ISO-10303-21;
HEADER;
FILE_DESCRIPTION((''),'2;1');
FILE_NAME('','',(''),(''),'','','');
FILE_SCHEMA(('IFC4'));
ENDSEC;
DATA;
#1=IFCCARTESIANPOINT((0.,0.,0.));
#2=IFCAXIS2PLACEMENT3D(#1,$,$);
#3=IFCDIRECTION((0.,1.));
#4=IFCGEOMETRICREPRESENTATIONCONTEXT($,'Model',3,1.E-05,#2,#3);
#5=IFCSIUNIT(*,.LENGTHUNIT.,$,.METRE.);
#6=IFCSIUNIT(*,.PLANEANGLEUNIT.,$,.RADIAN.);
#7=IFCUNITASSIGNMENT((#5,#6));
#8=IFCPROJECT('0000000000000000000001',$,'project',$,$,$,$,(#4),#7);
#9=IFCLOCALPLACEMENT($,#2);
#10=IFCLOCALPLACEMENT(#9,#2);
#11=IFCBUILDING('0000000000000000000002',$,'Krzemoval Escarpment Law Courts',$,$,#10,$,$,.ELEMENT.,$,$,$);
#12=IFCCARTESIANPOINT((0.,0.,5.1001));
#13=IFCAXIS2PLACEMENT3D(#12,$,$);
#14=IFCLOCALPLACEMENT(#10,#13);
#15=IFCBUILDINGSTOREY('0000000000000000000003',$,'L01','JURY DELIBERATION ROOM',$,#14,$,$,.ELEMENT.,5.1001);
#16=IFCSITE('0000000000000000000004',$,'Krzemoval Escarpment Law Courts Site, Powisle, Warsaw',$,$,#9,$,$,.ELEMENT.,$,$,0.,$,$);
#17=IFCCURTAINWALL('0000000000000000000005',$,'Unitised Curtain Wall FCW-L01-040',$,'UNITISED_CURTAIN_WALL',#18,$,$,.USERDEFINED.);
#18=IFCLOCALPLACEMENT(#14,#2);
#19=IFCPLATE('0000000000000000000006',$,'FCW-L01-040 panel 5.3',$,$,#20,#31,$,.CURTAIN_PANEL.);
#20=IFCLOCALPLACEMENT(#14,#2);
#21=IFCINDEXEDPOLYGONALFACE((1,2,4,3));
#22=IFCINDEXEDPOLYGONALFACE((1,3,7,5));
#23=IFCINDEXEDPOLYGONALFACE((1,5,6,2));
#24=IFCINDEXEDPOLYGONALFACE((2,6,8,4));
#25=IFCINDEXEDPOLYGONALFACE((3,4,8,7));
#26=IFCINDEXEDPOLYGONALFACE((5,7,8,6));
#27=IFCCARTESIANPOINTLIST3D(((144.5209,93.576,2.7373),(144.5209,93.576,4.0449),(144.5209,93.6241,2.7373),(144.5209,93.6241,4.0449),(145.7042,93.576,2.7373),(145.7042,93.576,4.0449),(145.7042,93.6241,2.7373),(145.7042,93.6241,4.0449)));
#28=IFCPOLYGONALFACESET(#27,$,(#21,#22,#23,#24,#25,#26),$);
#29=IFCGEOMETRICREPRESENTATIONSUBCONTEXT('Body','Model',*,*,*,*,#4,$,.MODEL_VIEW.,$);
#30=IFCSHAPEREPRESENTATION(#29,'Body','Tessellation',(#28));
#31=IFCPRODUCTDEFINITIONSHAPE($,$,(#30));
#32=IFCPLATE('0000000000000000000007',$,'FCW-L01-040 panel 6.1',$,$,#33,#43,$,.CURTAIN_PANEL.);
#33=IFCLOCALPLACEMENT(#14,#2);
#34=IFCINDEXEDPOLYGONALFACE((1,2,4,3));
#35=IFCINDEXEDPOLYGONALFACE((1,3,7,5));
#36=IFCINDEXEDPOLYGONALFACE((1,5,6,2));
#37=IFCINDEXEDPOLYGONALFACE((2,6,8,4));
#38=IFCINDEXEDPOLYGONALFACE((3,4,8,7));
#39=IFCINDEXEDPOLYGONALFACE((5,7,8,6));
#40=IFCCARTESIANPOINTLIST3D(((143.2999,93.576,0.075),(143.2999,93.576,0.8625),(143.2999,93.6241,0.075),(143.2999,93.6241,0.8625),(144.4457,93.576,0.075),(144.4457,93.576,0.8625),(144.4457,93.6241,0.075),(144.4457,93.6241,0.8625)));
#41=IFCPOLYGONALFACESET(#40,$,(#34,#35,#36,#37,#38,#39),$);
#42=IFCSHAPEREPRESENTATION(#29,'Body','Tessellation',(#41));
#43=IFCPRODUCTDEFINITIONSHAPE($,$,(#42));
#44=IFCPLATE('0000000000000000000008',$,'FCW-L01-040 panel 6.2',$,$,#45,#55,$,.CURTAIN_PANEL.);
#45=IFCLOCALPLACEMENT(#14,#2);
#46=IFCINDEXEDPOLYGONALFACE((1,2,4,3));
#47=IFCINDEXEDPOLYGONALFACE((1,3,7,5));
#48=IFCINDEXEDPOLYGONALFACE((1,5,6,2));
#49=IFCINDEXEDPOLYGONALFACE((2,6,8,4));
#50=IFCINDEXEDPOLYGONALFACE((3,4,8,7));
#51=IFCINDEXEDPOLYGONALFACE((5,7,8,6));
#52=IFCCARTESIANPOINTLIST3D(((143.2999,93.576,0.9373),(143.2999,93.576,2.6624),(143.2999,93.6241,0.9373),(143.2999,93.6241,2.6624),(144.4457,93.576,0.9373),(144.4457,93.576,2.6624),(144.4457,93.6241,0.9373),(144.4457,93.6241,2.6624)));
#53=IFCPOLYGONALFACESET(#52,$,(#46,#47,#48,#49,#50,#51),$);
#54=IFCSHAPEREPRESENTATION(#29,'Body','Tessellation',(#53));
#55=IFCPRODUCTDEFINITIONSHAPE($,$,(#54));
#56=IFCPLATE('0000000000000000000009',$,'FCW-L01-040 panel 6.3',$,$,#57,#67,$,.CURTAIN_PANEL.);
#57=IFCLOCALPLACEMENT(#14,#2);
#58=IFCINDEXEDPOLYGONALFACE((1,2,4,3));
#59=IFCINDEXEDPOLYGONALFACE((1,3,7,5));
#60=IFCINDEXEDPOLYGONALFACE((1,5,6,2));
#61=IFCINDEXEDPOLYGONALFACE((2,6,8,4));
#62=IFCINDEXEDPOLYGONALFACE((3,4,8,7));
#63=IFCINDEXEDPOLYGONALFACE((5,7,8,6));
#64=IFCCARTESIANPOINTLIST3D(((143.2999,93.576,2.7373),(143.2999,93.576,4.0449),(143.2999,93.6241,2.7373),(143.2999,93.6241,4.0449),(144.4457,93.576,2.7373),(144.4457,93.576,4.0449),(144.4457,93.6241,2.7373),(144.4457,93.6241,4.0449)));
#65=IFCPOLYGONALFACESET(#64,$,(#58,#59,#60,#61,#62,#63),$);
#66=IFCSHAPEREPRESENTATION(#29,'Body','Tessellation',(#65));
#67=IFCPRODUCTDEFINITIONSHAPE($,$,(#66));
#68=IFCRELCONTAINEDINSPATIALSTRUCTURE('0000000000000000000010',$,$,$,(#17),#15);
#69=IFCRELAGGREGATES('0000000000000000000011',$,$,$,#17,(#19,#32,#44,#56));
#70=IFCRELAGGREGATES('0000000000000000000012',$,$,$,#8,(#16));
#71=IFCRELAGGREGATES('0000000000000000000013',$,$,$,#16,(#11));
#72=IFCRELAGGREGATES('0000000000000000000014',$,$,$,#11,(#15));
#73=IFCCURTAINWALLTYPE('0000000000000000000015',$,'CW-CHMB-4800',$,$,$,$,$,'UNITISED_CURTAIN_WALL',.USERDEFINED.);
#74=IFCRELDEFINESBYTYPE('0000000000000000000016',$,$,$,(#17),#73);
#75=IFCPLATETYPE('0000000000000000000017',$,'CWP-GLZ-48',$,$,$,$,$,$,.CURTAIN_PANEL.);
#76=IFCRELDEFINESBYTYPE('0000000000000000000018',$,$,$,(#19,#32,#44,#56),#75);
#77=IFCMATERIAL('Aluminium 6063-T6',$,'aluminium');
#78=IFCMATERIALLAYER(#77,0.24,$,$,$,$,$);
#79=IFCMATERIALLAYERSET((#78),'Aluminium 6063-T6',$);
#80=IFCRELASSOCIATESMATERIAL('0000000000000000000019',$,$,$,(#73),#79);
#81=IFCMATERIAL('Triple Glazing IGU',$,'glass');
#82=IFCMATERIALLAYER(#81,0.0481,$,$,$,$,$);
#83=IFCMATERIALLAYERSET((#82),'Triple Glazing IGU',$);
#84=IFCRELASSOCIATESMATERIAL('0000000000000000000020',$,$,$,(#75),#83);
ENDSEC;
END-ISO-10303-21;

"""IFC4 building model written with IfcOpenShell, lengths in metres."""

from ifc_helpers import new_model, si_unit, direction, frame, origin, origin_2d, place, context, subcontext, project, spatial, rectangle, extrude, material, layer, layer_set, type_object, element, aggregate, save


model = new_model("IFC4")

# Units and contexts
model_context = context("Model", 3, precision=1e-05, world=origin(), true_north=direction((0.0, 1.0)))
body_context = subcontext(model_context, "Body", "Model", "MODEL_VIEW")
ifc_project = project(units=[si_unit("LENGTHUNIT", "METRE"), si_unit("PLANEANGLEUNIT", "RADIAN")], contexts=[model_context])

# Site, building, storey
site_placement = place(None, origin())
site = spatial("IfcSite", under=ifc_project, at=site_placement, Name="Krzemoval Escarpment Law Courts Site, Powisle, Warsaw", CompositionType="ELEMENT", RefElevation=0.0)
building_placement = place(site_placement, origin())
building = spatial("IfcBuilding", under=site, at=building_placement, Name="Krzemoval Escarpment Law Courts", CompositionType="ELEMENT")
storey_placement = place(building_placement, frame((0.0, 0.0, 5.1001)))
storey = spatial("IfcBuildingStorey", under=building, at=storey_placement, Name="L01", Description="JURY DELIBERATION ROOM", CompositionType="ELEMENT", Elevation=5.1001)

# Curtain wall, plates
ifc_material_1 = material(Name="Aluminium 6063-T6", Category="aluminium")
ifc_layer_1 = layer(ifc_material_1, 0.24)
ifc_layer_set_1 = layer_set([ifc_layer_1], Name="Aluminium 6063-T6")
curtain_wall_type = type_object("IfcCurtainWallType", Name="CW-CHMB-4800", ElementType="UNITISED_CURTAIN_WALL", PredefinedType="USERDEFINED", material=ifc_layer_set_1)
curtain_wall_placement = place(storey_placement, origin())
curtain_wall = element("IfcCurtainWall", 1, at=curtain_wall_placement, inside=storey, type_object=curtain_wall_type, Name="Unitised Curtain Wall FCW-L01-040", ObjectType="UNITISED_CURTAIN_WALL", PredefinedType="USERDEFINED")
ifc_material_2 = material(Name="Triple Glazing IGU", Category="glass")
ifc_layer_2 = layer(ifc_material_2, 0.0481)
ifc_layer_set_2 = layer_set([ifc_layer_2], Name="Triple Glazing IGU")
plate_type = type_object("IfcPlateType", Name="CWP-GLZ-48", PredefinedType="CURTAIN_PANEL", material=ifc_layer_set_2)
plate_1_placement = place(storey_placement, frame((145.1125, 93.6001, 2.7373), z_axis=(0.0, 0.0, 1.0), x_axis=(-1.0, 0.0, 0.0)))
plate_1 = element("IfcPlate", 2, at=plate_1_placement, type_object=plate_type, Name="FCW-L01-040 panel 5.3", PredefinedType="CURTAIN_PANEL", context=body_context, shape_type="SweptSolid", body=[
    extrude(rectangle(XDim=1.1833, YDim=0.0481, at=origin_2d()), origin(), (0.0, 0.0, 1.0), 1.3076),
])
plate_2_placement = place(storey_placement, frame((143.8728, 93.6001, 0.075), z_axis=(0.0, 0.0, 1.0), x_axis=(-1.0, 0.0, 0.0)))
plate_2 = element("IfcPlate", 3, at=plate_2_placement, type_object=plate_type, Name="FCW-L01-040 panel 6.1", PredefinedType="CURTAIN_PANEL", context=body_context, shape_type="SweptSolid", body=[
    extrude(rectangle(XDim=1.1458, YDim=0.0481, at=origin_2d()), origin(), (0.0, 0.0, 1.0), 0.7876),
])
plate_3_placement = place(storey_placement, frame((143.8728, 93.6001, 0.9373), z_axis=(0.0, 0.0, 1.0), x_axis=(-1.0, 0.0, 0.0)))
plate_3 = element("IfcPlate", 4, at=plate_3_placement, type_object=plate_type, Name="FCW-L01-040 panel 6.2", PredefinedType="CURTAIN_PANEL", context=body_context, shape_type="SweptSolid", body=[
    extrude(rectangle(XDim=1.1458, YDim=0.0481, at=origin_2d()), origin(), (0.0, 0.0, 1.0), 1.7251),
])
plate_4_placement = place(storey_placement, frame((143.8728, 93.6001, 2.7373), z_axis=(0.0, 0.0, 1.0), x_axis=(-1.0, 0.0, 0.0)))
plate_4 = element("IfcPlate", 5, at=plate_4_placement, type_object=plate_type, Name="FCW-L01-040 panel 6.3", PredefinedType="CURTAIN_PANEL", context=body_context, shape_type="SweptSolid", body=[
    extrude(rectangle(XDim=1.1458, YDim=0.0481, at=origin_2d()), origin(), (0.0, 0.0, 1.0), 1.3076),
])
aggregate(curtain_wall, [plate_1, plate_2, plate_3, plate_4])

save(model, "model.ifc")
